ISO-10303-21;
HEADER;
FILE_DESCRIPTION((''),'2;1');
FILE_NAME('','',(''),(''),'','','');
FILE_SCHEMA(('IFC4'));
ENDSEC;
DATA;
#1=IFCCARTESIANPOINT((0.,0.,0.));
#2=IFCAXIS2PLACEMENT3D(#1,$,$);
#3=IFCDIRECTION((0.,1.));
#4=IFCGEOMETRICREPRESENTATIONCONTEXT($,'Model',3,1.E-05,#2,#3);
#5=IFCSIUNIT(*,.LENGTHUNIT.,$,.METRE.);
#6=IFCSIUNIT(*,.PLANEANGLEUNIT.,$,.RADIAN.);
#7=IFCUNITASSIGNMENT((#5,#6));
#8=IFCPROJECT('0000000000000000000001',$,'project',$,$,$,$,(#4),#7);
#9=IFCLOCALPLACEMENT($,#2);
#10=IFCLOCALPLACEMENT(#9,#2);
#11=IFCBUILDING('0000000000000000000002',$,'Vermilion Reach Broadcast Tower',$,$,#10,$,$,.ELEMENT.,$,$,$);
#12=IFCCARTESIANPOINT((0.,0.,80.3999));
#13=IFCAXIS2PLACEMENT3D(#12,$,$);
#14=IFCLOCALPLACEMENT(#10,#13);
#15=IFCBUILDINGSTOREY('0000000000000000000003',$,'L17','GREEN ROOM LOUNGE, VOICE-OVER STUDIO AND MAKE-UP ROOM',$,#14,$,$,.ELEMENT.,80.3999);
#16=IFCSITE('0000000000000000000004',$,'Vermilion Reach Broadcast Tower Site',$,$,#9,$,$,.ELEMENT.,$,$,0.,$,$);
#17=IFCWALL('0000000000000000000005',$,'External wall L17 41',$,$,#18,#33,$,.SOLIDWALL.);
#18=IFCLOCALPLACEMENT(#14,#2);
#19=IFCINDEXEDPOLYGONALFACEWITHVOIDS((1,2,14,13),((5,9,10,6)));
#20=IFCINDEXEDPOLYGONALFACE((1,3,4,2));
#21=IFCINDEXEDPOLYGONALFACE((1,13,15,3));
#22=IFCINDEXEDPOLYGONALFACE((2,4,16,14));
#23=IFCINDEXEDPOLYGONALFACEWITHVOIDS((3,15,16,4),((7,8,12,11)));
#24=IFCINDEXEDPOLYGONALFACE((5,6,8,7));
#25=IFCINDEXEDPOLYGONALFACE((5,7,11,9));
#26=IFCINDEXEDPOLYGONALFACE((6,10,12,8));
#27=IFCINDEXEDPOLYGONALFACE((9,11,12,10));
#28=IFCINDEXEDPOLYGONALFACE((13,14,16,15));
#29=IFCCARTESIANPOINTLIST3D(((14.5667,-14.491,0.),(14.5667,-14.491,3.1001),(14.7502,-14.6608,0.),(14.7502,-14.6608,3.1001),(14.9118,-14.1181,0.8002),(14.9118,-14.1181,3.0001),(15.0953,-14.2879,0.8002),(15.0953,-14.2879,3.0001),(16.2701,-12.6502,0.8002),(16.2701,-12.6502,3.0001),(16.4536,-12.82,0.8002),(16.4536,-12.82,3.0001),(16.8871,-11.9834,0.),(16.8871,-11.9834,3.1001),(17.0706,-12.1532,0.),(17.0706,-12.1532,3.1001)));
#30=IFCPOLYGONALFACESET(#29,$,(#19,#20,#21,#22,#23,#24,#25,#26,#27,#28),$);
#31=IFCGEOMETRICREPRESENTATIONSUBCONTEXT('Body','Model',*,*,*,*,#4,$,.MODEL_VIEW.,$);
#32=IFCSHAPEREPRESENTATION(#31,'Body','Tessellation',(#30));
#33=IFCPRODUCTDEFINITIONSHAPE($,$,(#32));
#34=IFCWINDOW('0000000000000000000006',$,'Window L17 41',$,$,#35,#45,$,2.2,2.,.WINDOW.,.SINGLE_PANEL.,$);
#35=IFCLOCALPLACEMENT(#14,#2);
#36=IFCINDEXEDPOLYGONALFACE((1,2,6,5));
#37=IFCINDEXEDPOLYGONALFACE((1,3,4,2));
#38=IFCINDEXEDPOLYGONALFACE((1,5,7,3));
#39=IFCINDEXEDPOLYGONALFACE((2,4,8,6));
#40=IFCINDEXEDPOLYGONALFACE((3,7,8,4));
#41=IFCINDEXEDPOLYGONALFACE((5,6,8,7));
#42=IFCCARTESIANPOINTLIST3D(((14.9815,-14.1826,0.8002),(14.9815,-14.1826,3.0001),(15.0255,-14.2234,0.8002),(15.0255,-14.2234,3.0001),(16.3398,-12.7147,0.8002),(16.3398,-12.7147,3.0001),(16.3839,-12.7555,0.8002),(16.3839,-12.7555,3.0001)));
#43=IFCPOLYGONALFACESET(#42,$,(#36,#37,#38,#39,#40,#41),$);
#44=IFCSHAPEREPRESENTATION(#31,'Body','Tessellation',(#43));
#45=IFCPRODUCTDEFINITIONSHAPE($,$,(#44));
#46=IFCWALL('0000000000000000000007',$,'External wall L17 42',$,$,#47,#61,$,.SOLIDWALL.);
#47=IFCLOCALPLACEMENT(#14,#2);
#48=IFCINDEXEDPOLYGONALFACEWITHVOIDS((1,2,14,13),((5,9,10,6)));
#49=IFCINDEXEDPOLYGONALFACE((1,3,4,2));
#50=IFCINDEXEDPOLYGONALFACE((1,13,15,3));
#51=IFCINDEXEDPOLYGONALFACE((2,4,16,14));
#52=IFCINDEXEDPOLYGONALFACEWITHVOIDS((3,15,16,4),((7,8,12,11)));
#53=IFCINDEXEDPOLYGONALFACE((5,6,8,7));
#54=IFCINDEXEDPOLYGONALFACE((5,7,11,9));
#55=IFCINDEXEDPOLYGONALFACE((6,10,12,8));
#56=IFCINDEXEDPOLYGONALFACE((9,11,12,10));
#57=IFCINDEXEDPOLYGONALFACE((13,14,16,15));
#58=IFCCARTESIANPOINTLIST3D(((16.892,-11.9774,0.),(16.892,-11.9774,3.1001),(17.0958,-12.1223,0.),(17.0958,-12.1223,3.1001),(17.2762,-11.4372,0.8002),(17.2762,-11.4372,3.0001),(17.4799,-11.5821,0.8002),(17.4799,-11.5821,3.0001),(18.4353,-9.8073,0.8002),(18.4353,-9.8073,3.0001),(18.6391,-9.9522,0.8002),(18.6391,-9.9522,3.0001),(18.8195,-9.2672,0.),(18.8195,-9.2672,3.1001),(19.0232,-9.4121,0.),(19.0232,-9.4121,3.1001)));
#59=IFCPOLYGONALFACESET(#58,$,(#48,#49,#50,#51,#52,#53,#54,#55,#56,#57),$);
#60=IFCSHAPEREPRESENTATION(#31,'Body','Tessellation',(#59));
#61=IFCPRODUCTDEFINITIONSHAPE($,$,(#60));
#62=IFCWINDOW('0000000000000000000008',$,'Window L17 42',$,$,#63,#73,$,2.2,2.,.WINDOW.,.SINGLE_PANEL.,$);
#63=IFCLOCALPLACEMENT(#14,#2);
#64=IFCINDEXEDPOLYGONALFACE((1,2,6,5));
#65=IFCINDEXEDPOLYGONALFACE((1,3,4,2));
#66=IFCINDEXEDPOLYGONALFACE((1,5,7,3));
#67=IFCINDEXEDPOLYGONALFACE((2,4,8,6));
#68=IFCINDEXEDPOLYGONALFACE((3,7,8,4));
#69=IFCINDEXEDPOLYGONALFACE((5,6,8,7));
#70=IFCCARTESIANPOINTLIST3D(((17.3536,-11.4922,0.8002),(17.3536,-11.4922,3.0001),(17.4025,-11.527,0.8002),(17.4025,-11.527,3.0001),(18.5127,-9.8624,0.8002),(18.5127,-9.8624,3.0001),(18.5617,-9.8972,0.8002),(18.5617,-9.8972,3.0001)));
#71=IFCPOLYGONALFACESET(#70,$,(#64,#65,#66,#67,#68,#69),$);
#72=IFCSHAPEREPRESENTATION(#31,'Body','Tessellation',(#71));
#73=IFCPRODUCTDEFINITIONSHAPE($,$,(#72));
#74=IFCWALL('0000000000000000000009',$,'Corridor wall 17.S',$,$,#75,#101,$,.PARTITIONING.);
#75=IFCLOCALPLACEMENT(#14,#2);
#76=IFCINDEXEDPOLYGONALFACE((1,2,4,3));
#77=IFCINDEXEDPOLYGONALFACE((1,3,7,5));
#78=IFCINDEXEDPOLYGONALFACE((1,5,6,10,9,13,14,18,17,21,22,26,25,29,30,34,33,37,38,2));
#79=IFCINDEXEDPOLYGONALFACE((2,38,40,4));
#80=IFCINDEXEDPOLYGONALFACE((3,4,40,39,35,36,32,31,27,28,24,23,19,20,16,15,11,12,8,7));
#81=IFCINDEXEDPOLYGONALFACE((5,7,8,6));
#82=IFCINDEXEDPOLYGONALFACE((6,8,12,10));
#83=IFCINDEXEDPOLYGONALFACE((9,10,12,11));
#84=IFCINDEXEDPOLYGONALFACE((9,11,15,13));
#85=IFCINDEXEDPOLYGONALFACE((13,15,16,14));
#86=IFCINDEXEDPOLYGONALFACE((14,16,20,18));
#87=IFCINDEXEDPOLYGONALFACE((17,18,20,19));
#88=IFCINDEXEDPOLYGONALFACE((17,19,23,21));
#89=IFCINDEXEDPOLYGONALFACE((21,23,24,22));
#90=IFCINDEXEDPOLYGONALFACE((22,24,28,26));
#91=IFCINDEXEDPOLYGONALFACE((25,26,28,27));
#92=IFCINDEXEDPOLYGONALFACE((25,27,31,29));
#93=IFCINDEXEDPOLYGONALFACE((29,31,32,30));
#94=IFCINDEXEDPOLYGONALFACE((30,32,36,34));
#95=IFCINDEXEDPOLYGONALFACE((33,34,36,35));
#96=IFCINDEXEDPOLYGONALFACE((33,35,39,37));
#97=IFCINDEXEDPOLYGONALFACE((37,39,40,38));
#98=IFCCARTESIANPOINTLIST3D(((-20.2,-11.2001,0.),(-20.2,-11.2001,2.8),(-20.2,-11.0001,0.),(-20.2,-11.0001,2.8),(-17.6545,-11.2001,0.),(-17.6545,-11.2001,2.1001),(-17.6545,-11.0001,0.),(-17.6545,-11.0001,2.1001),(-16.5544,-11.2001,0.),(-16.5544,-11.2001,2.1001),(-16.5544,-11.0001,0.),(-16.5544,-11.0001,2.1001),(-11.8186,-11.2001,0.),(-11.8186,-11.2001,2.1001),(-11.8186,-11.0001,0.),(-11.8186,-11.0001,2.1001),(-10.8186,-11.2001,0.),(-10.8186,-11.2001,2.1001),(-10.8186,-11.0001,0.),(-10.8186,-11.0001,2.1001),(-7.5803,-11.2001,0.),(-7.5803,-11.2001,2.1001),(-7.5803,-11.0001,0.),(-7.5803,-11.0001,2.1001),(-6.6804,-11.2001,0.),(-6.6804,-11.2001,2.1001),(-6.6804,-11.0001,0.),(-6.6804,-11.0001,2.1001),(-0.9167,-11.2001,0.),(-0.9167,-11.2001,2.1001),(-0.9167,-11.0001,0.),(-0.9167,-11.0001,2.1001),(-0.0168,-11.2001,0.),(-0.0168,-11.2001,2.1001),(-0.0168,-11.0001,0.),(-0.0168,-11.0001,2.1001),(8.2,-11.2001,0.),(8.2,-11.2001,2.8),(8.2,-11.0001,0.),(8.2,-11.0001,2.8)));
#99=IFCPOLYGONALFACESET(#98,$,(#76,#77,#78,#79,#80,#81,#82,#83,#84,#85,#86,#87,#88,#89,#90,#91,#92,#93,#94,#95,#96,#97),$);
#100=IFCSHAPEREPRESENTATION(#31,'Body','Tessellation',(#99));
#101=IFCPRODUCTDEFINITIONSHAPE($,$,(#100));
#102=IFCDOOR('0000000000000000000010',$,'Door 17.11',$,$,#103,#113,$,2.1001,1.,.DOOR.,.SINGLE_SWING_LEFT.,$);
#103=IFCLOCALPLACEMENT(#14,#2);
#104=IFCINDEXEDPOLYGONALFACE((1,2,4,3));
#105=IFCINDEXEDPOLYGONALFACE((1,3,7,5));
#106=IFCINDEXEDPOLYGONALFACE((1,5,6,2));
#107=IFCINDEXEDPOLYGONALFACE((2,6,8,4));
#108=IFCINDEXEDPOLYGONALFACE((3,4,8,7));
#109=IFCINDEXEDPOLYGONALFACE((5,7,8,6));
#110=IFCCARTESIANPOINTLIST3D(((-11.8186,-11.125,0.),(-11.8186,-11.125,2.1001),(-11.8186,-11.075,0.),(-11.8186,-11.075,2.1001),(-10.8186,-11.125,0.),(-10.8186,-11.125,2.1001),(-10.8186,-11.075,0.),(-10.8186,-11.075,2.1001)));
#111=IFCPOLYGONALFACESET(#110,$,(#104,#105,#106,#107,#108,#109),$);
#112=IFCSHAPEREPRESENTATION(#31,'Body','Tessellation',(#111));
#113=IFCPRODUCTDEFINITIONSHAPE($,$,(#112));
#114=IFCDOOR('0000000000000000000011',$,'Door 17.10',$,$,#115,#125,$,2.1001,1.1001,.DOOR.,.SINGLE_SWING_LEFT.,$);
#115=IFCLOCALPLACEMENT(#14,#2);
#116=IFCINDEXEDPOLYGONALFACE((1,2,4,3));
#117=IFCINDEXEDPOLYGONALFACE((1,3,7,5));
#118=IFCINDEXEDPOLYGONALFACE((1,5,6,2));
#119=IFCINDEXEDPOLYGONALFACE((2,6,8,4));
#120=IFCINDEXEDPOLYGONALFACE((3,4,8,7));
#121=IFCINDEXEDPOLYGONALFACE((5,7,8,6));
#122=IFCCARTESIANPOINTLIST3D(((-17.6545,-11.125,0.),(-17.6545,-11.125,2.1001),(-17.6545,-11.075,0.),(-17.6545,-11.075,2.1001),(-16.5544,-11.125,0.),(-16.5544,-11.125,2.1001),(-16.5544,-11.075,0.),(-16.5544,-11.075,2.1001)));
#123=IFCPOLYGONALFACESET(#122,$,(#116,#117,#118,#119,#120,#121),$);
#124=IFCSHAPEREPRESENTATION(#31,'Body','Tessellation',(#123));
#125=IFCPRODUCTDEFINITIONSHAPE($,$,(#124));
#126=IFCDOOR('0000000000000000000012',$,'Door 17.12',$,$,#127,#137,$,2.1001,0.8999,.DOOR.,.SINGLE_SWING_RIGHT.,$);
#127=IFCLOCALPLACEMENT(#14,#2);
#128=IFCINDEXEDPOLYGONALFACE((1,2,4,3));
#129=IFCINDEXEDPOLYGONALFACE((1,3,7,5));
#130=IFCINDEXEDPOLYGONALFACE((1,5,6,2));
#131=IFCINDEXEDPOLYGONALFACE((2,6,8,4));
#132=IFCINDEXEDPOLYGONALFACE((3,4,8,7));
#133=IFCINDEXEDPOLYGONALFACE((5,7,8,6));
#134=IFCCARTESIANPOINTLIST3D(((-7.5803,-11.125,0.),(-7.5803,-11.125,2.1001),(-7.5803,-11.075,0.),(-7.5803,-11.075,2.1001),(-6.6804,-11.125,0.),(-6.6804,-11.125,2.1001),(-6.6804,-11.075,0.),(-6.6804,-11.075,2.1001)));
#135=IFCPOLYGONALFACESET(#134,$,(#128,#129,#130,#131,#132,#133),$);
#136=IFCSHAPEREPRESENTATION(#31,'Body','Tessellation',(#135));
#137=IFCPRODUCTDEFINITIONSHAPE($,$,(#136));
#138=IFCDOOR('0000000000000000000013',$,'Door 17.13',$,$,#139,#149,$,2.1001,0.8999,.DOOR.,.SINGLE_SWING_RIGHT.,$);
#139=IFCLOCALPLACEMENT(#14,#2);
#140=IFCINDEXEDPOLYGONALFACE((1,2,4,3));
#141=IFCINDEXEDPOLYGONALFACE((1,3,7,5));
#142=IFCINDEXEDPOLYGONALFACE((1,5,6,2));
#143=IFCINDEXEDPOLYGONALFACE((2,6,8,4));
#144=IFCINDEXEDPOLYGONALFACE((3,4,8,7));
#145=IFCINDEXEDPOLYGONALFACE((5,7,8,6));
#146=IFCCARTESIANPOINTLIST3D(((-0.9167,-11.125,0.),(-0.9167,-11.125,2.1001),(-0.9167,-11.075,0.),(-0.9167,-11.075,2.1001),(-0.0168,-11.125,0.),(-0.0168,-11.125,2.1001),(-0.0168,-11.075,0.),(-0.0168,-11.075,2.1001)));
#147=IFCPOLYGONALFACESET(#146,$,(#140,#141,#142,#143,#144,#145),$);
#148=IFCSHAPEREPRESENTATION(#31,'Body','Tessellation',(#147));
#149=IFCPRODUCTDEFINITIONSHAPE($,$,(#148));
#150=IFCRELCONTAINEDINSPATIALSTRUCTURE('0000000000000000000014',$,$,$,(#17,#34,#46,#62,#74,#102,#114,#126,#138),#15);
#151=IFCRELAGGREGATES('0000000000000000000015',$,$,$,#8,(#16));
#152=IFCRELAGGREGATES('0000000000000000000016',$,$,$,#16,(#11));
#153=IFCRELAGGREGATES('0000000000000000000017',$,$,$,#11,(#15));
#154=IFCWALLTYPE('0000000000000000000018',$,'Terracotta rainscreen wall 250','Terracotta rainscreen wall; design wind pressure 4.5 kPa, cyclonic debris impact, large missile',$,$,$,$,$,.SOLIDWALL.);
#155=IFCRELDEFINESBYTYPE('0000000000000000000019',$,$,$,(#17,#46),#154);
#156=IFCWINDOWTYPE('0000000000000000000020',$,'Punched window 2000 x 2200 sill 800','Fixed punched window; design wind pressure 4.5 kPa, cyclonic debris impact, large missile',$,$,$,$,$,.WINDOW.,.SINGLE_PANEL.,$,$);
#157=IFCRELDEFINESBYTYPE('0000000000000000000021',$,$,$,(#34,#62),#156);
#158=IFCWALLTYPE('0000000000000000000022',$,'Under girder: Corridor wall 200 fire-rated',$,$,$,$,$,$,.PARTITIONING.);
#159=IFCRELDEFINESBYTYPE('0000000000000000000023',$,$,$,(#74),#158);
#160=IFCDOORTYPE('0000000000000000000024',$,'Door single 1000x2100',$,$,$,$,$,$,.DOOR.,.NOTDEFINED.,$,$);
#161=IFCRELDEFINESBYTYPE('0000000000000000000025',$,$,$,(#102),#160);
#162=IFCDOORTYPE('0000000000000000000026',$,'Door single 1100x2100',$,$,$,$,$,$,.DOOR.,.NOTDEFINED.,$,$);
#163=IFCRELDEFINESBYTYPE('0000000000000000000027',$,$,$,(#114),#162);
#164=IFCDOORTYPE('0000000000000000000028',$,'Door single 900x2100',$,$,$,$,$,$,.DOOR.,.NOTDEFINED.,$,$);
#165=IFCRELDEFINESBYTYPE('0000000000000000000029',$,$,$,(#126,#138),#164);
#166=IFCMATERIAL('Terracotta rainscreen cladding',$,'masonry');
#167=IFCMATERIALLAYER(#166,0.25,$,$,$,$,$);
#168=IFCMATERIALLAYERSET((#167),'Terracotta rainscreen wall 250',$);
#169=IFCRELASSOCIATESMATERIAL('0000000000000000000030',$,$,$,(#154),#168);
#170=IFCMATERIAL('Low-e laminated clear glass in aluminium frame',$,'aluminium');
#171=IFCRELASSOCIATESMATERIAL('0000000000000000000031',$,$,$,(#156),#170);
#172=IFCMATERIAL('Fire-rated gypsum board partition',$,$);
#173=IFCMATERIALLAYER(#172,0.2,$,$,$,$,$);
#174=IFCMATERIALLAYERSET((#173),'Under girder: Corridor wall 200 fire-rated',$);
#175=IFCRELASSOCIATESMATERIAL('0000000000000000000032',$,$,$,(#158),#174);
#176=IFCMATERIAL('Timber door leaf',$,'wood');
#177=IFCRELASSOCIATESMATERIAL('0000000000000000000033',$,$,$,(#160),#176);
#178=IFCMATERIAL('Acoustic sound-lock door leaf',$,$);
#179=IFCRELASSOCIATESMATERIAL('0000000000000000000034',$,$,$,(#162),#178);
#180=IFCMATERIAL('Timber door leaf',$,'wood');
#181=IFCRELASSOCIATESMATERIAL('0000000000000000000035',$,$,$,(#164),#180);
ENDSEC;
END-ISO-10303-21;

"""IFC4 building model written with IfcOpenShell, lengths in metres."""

from ifc_helpers import new_model, si_unit, direction, frame, frame_2d, origin, place, context, subcontext, project, spatial, rectangle, extrude, material, layer, layer_set, type_object, element, fill, save


model = new_model("IFC4")

# Units and contexts
model_context = context("Model", 3, precision=1e-05, world=origin(), true_north=direction((0.0, 1.0)))
body_context = subcontext(model_context, "Body", "Model", "MODEL_VIEW")
ifc_project = project(units=[si_unit("LENGTHUNIT", "METRE"), si_unit("PLANEANGLEUNIT", "RADIAN")], contexts=[model_context])

# Site, building, storey
site_placement = place(None, origin())
site = spatial("IfcSite", under=ifc_project, at=site_placement, Name="Vermilion Reach Broadcast Tower Site", CompositionType="ELEMENT", RefElevation=0.0)
building_placement = place(site_placement, origin())
building = spatial("IfcBuilding", under=site, at=building_placement, Name="Vermilion Reach Broadcast Tower", CompositionType="ELEMENT")
storey_placement = place(building_placement, frame((0.0, 0.0, 80.3999)))
storey = spatial("IfcBuildingStorey", under=building, at=storey_placement, Name="L17", Description="GREEN ROOM LOUNGE, VOICE-OVER STUDIO AND MAKE-UP ROOM", CompositionType="ELEMENT", Elevation=80.3999)

# Shared definitions
ifc_material_1 = material(Name="Terracotta rainscreen cladding", Category="masonry")
ifc_layer_1 = layer(ifc_material_1, 0.25)
ifc_layer_set_1 = layer_set([ifc_layer_1], Name="Terracotta rainscreen wall 250")
wall_type_1 = type_object("IfcWallType", Name="Terracotta rainscreen wall 250", Description="Terracotta rainscreen wall; design wind pressure 4.5 kPa, cyclonic debris impact, large missile", PredefinedType="SOLIDWALL", material=ifc_layer_set_1)

# Walls, openings, windows
ifc_material_2 = material(Name="Low-e laminated clear glass in aluminium frame", Category="aluminium")
window_type = type_object("IfcWindowType", Name="Punched window 2000 x 2200 sill 800", Description="Fixed punched window; design wind pressure 4.5 kPa, cyclonic debris impact, large missile", PartitioningType="SINGLE_PANEL", PredefinedType="WINDOW", material=ifc_material_2)
wall_1_placement = place(storey_placement, frame((14.6584, -14.5759, 0.0), z_axis=(0.0, 0.0, 1.0), x_axis=(0.67917, 0.733981, 0.0)))
wall_1 = element("IfcWall", 1, at=wall_1_placement, inside=storey, type_object=wall_type_1, Name="External wall L17 41", PredefinedType="SOLIDWALL", context=body_context, shape_type="SweptSolid", body=[
    extrude(rectangle(XDim=3.4165, YDim=0.25, at=frame_2d((1.7083, 0.0))), origin(), (0.0, 0.0, 1.0), 3.1001),
])
opening_1_placement = place(wall_1_placement, frame((0.5081, 0.0, 0.8)))
opening_1 = element("IfcOpeningElement", 2, at=opening_1_placement, cuts=wall_1, PredefinedType="OPENING", context=body_context, shape_type="SweptSolid", body=[
    extrude(rectangle(XDim=2.0, YDim=2.2, at=frame_2d((1.0, 1.1001))), frame((0.0, 0.135, 0.0), z_axis=(0.0, -1.0, 0.0), x_axis=(1.0, 0.0, 0.0)), (0.0, 0.0, 1.0), 0.27),
])
window_1_placement = place(opening_1_placement, origin())
window_1 = element("IfcWindow", 3, at=window_1_placement, inside=storey, type_object=window_type, Name="Window L17 41", OverallHeight=2.2, OverallWidth=2.0, PartitioningType="SINGLE_PANEL", PredefinedType="WINDOW", context=body_context, shape_type="SweptSolid", body=[
    extrude(rectangle(XDim=2.0, YDim=2.2, at=frame_2d((1.0, 1.1001))), frame((0.0, 0.03, 0.0), z_axis=(0.0, -1.0, 0.0), x_axis=(1.0, 0.0, 0.0)), (0.0, 0.0, 1.0), 0.0601),
])
fill(opening_1, window_1)
wall_2_placement = place(storey_placement, frame((16.9939, -12.0498, 0.0), z_axis=(0.0, 0.0, 1.0), x_axis=(0.57957, 0.814922, 0.0)))
wall_2 = element("IfcWall", 4, at=wall_2_placement, inside=storey, type_object=wall_type_1, Name="External wall L17 42", PredefinedType="SOLIDWALL", context=body_context, shape_type="SweptSolid", body=[
    extrude(rectangle(XDim=3.3257, YDim=0.25, at=frame_2d((1.6628, 0.0))), origin(), (0.0, 0.0, 1.0), 3.1001),
])
opening_2_placement = place(wall_2_placement, frame((0.6628, 0.0, 0.8)))
opening_2 = element("IfcOpeningElement", 5, at=opening_2_placement, cuts=wall_2, PredefinedType="OPENING", context=body_context, shape_type="SweptSolid", body=[
    extrude(rectangle(XDim=2.0, YDim=2.2, at=frame_2d((1.0, 1.1001))), frame((0.0, 0.135, 0.0), z_axis=(0.0, -1.0, 0.0), x_axis=(1.0, 0.0, 0.0)), (0.0, 0.0, 1.0), 0.27),
])
window_2_placement = place(opening_2_placement, origin())
window_2 = element("IfcWindow", 6, at=window_2_placement, inside=storey, type_object=window_type, Name="Window L17 42", OverallHeight=2.2, OverallWidth=2.0, PartitioningType="SINGLE_PANEL", PredefinedType="WINDOW", context=body_context, shape_type="SweptSolid", body=[
    extrude(rectangle(XDim=2.0, YDim=2.2, at=frame_2d((1.0, 1.1001))), frame((0.0, 0.03, 0.0), z_axis=(0.0, -1.0, 0.0), x_axis=(1.0, 0.0, 0.0)), (0.0, 0.0, 1.0), 0.0601),
])
fill(opening_2, window_2)

# Wall, openings, doors
ifc_material_3 = material(Name="Fire-rated gypsum board partition")
ifc_layer_2 = layer(ifc_material_3, 0.2)
ifc_layer_set_2 = layer_set([ifc_layer_2], Name="Under girder: Corridor wall 200 fire-rated")
wall_type_2 = type_object("IfcWallType", Name="Under girder: Corridor wall 200 fire-rated", PredefinedType="PARTITIONING", material=ifc_layer_set_2)
wall_3_placement = place(storey_placement, frame((8.2, -11.1001, 0.0), z_axis=(0.0, 0.0, 1.0), x_axis=(-1.0, 0.0, 0.0)))
wall_3 = element("IfcWall", 7, at=wall_3_placement, inside=storey, type_object=wall_type_2, Name="Corridor wall 17.S", PredefinedType="PARTITIONING", context=body_context, shape_type="SweptSolid", body=[
    extrude(rectangle(XDim=28.3999, YDim=0.2, at=frame_2d((14.2, 0.0))), origin(), (0.0, 0.0, 1.0), 2.8),
])
opening_3_placement = place(wall_3_placement, frame((24.7544, 0.0, 0.0)))
opening_3 = element("IfcOpeningElement", 8, at=opening_3_placement, cuts=wall_3, PredefinedType="OPENING", context=body_context, shape_type="SweptSolid", body=[
    extrude(rectangle(XDim=1.1001, YDim=2.1001, at=frame_2d((0.55, 1.05))), frame((0.0, 0.1099, 0.0), z_axis=(0.0, -1.0, 0.0), x_axis=(1.0, 0.0, 0.0)), (0.0, 0.0, 1.0), 0.22),
])
opening_4_placement = place(wall_3_placement, frame((19.0186, 0.0, 0.0)))
opening_4 = element("IfcOpeningElement", 9, at=opening_4_placement, cuts=wall_3, PredefinedType="OPENING", context=body_context, shape_type="SweptSolid", body=[
    extrude(rectangle(XDim=1.0, YDim=2.1001, at=frame_2d((0.5, 1.05))), frame((0.0, 0.1099, 0.0), z_axis=(0.0, -1.0, 0.0), x_axis=(1.0, 0.0, 0.0)), (0.0, 0.0, 1.0), 0.22),
])
opening_5_placement = place(wall_3_placement, frame((14.8804, 0.0, 0.0)))
opening_5 = element("IfcOpeningElement", 10, at=opening_5_placement, cuts=wall_3, PredefinedType="OPENING", context=body_context, shape_type="SweptSolid", body=[
    extrude(rectangle(XDim=0.8999, YDim=2.1001, at=frame_2d((0.45, 1.05))), frame((0.0, 0.1099, 0.0), z_axis=(0.0, -1.0, 0.0), x_axis=(1.0, 0.0, 0.0)), (0.0, 0.0, 1.0), 0.22),
])
opening_6_placement = place(wall_3_placement, frame((8.2168, 0.0, 0.0)))
opening_6 = element("IfcOpeningElement", 11, at=opening_6_placement, cuts=wall_3, PredefinedType="OPENING", context=body_context, shape_type="SweptSolid", body=[
    extrude(rectangle(XDim=0.8999, YDim=2.1001, at=frame_2d((0.45, 1.05))), frame((0.0, 0.1099, 0.0), z_axis=(0.0, -1.0, 0.0), x_axis=(1.0, 0.0, 0.0)), (0.0, 0.0, 1.0), 0.22),
])
ifc_material_4 = material(Name="Timber door leaf", Category="wood")
door_type_1 = type_object("IfcDoorType", Name="Door single 1000x2100", OperationType="NOTDEFINED", PredefinedType="DOOR", material=ifc_material_4)
door_1_placement = place(opening_4_placement, origin())
door_1 = element("IfcDoor", 12, at=door_1_placement, inside=storey, type_object=door_type_1, Name="Door 17.11", OperationType="SINGLE_SWING_LEFT", OverallHeight=2.1001, OverallWidth=1.0, PredefinedType="DOOR", context=body_context, shape_type="SweptSolid", body=[
    extrude(rectangle(XDim=1.0, YDim=2.1001, at=frame_2d((0.5, 1.05))), frame((0.0, 0.0249, 0.0), z_axis=(0.0, -1.0, 0.0), x_axis=(1.0, 0.0, 0.0)), (0.0, 0.0, 1.0), 0.05),
])
fill(opening_4, door_1)
ifc_material_5 = material(Name="Acoustic sound-lock door leaf")
door_type_2 = type_object("IfcDoorType", Name="Door single 1100x2100", OperationType="NOTDEFINED", PredefinedType="DOOR", material=ifc_material_5)
door_2_placement = place(opening_3_placement, origin())
door_2 = element("IfcDoor", 13, at=door_2_placement, inside=storey, type_object=door_type_2, Name="Door 17.10", OperationType="SINGLE_SWING_LEFT", OverallHeight=2.1001, OverallWidth=1.1001, PredefinedType="DOOR", context=body_context, shape_type="SweptSolid", body=[
    extrude(rectangle(XDim=1.1001, YDim=2.1001, at=frame_2d((0.55, 1.05))), frame((0.0, 0.0249, 0.0), z_axis=(0.0, -1.0, 0.0), x_axis=(1.0, 0.0, 0.0)), (0.0, 0.0, 1.0), 0.05),
])
fill(opening_3, door_2)
ifc_material_6 = material(Name="Timber door leaf", Category="wood")
door_type_3 = type_object("IfcDoorType", Name="Door single 900x2100", OperationType="NOTDEFINED", PredefinedType="DOOR", material=ifc_material_6)
door_3_placement = place(opening_5_placement, origin())
door_3 = element("IfcDoor", 14, at=door_3_placement, inside=storey, type_object=door_type_3, Name="Door 17.12", OperationType="SINGLE_SWING_RIGHT", OverallHeight=2.1001, OverallWidth=0.8999, PredefinedType="DOOR", context=body_context, shape_type="SweptSolid", body=[
    extrude(rectangle(XDim=0.8999, YDim=2.1001, at=frame_2d((0.45, 1.05))), frame((0.0, 0.0249, 0.0), z_axis=(0.0, -1.0, 0.0), x_axis=(1.0, 0.0, 0.0)), (0.0, 0.0, 1.0), 0.05),
])
fill(opening_5, door_3)
door_4_placement = place(opening_6_placement, origin())
door_4 = element("IfcDoor", 15, at=door_4_placement, inside=storey, type_object=door_type_3, Name="Door 17.13", OperationType="SINGLE_SWING_RIGHT", OverallHeight=2.1001, OverallWidth=0.8999, PredefinedType="DOOR", context=body_context, shape_type="SweptSolid", body=[
    extrude(rectangle(XDim=0.8999, YDim=2.1001, at=frame_2d((0.45, 1.05))), frame((0.0, 0.0249, 0.0), z_axis=(0.0, -1.0, 0.0), x_axis=(1.0, 0.0, 0.0)), (0.0, 0.0, 1.0), 0.05),
])
fill(opening_6, door_4)

save(model, "model.ifc")
